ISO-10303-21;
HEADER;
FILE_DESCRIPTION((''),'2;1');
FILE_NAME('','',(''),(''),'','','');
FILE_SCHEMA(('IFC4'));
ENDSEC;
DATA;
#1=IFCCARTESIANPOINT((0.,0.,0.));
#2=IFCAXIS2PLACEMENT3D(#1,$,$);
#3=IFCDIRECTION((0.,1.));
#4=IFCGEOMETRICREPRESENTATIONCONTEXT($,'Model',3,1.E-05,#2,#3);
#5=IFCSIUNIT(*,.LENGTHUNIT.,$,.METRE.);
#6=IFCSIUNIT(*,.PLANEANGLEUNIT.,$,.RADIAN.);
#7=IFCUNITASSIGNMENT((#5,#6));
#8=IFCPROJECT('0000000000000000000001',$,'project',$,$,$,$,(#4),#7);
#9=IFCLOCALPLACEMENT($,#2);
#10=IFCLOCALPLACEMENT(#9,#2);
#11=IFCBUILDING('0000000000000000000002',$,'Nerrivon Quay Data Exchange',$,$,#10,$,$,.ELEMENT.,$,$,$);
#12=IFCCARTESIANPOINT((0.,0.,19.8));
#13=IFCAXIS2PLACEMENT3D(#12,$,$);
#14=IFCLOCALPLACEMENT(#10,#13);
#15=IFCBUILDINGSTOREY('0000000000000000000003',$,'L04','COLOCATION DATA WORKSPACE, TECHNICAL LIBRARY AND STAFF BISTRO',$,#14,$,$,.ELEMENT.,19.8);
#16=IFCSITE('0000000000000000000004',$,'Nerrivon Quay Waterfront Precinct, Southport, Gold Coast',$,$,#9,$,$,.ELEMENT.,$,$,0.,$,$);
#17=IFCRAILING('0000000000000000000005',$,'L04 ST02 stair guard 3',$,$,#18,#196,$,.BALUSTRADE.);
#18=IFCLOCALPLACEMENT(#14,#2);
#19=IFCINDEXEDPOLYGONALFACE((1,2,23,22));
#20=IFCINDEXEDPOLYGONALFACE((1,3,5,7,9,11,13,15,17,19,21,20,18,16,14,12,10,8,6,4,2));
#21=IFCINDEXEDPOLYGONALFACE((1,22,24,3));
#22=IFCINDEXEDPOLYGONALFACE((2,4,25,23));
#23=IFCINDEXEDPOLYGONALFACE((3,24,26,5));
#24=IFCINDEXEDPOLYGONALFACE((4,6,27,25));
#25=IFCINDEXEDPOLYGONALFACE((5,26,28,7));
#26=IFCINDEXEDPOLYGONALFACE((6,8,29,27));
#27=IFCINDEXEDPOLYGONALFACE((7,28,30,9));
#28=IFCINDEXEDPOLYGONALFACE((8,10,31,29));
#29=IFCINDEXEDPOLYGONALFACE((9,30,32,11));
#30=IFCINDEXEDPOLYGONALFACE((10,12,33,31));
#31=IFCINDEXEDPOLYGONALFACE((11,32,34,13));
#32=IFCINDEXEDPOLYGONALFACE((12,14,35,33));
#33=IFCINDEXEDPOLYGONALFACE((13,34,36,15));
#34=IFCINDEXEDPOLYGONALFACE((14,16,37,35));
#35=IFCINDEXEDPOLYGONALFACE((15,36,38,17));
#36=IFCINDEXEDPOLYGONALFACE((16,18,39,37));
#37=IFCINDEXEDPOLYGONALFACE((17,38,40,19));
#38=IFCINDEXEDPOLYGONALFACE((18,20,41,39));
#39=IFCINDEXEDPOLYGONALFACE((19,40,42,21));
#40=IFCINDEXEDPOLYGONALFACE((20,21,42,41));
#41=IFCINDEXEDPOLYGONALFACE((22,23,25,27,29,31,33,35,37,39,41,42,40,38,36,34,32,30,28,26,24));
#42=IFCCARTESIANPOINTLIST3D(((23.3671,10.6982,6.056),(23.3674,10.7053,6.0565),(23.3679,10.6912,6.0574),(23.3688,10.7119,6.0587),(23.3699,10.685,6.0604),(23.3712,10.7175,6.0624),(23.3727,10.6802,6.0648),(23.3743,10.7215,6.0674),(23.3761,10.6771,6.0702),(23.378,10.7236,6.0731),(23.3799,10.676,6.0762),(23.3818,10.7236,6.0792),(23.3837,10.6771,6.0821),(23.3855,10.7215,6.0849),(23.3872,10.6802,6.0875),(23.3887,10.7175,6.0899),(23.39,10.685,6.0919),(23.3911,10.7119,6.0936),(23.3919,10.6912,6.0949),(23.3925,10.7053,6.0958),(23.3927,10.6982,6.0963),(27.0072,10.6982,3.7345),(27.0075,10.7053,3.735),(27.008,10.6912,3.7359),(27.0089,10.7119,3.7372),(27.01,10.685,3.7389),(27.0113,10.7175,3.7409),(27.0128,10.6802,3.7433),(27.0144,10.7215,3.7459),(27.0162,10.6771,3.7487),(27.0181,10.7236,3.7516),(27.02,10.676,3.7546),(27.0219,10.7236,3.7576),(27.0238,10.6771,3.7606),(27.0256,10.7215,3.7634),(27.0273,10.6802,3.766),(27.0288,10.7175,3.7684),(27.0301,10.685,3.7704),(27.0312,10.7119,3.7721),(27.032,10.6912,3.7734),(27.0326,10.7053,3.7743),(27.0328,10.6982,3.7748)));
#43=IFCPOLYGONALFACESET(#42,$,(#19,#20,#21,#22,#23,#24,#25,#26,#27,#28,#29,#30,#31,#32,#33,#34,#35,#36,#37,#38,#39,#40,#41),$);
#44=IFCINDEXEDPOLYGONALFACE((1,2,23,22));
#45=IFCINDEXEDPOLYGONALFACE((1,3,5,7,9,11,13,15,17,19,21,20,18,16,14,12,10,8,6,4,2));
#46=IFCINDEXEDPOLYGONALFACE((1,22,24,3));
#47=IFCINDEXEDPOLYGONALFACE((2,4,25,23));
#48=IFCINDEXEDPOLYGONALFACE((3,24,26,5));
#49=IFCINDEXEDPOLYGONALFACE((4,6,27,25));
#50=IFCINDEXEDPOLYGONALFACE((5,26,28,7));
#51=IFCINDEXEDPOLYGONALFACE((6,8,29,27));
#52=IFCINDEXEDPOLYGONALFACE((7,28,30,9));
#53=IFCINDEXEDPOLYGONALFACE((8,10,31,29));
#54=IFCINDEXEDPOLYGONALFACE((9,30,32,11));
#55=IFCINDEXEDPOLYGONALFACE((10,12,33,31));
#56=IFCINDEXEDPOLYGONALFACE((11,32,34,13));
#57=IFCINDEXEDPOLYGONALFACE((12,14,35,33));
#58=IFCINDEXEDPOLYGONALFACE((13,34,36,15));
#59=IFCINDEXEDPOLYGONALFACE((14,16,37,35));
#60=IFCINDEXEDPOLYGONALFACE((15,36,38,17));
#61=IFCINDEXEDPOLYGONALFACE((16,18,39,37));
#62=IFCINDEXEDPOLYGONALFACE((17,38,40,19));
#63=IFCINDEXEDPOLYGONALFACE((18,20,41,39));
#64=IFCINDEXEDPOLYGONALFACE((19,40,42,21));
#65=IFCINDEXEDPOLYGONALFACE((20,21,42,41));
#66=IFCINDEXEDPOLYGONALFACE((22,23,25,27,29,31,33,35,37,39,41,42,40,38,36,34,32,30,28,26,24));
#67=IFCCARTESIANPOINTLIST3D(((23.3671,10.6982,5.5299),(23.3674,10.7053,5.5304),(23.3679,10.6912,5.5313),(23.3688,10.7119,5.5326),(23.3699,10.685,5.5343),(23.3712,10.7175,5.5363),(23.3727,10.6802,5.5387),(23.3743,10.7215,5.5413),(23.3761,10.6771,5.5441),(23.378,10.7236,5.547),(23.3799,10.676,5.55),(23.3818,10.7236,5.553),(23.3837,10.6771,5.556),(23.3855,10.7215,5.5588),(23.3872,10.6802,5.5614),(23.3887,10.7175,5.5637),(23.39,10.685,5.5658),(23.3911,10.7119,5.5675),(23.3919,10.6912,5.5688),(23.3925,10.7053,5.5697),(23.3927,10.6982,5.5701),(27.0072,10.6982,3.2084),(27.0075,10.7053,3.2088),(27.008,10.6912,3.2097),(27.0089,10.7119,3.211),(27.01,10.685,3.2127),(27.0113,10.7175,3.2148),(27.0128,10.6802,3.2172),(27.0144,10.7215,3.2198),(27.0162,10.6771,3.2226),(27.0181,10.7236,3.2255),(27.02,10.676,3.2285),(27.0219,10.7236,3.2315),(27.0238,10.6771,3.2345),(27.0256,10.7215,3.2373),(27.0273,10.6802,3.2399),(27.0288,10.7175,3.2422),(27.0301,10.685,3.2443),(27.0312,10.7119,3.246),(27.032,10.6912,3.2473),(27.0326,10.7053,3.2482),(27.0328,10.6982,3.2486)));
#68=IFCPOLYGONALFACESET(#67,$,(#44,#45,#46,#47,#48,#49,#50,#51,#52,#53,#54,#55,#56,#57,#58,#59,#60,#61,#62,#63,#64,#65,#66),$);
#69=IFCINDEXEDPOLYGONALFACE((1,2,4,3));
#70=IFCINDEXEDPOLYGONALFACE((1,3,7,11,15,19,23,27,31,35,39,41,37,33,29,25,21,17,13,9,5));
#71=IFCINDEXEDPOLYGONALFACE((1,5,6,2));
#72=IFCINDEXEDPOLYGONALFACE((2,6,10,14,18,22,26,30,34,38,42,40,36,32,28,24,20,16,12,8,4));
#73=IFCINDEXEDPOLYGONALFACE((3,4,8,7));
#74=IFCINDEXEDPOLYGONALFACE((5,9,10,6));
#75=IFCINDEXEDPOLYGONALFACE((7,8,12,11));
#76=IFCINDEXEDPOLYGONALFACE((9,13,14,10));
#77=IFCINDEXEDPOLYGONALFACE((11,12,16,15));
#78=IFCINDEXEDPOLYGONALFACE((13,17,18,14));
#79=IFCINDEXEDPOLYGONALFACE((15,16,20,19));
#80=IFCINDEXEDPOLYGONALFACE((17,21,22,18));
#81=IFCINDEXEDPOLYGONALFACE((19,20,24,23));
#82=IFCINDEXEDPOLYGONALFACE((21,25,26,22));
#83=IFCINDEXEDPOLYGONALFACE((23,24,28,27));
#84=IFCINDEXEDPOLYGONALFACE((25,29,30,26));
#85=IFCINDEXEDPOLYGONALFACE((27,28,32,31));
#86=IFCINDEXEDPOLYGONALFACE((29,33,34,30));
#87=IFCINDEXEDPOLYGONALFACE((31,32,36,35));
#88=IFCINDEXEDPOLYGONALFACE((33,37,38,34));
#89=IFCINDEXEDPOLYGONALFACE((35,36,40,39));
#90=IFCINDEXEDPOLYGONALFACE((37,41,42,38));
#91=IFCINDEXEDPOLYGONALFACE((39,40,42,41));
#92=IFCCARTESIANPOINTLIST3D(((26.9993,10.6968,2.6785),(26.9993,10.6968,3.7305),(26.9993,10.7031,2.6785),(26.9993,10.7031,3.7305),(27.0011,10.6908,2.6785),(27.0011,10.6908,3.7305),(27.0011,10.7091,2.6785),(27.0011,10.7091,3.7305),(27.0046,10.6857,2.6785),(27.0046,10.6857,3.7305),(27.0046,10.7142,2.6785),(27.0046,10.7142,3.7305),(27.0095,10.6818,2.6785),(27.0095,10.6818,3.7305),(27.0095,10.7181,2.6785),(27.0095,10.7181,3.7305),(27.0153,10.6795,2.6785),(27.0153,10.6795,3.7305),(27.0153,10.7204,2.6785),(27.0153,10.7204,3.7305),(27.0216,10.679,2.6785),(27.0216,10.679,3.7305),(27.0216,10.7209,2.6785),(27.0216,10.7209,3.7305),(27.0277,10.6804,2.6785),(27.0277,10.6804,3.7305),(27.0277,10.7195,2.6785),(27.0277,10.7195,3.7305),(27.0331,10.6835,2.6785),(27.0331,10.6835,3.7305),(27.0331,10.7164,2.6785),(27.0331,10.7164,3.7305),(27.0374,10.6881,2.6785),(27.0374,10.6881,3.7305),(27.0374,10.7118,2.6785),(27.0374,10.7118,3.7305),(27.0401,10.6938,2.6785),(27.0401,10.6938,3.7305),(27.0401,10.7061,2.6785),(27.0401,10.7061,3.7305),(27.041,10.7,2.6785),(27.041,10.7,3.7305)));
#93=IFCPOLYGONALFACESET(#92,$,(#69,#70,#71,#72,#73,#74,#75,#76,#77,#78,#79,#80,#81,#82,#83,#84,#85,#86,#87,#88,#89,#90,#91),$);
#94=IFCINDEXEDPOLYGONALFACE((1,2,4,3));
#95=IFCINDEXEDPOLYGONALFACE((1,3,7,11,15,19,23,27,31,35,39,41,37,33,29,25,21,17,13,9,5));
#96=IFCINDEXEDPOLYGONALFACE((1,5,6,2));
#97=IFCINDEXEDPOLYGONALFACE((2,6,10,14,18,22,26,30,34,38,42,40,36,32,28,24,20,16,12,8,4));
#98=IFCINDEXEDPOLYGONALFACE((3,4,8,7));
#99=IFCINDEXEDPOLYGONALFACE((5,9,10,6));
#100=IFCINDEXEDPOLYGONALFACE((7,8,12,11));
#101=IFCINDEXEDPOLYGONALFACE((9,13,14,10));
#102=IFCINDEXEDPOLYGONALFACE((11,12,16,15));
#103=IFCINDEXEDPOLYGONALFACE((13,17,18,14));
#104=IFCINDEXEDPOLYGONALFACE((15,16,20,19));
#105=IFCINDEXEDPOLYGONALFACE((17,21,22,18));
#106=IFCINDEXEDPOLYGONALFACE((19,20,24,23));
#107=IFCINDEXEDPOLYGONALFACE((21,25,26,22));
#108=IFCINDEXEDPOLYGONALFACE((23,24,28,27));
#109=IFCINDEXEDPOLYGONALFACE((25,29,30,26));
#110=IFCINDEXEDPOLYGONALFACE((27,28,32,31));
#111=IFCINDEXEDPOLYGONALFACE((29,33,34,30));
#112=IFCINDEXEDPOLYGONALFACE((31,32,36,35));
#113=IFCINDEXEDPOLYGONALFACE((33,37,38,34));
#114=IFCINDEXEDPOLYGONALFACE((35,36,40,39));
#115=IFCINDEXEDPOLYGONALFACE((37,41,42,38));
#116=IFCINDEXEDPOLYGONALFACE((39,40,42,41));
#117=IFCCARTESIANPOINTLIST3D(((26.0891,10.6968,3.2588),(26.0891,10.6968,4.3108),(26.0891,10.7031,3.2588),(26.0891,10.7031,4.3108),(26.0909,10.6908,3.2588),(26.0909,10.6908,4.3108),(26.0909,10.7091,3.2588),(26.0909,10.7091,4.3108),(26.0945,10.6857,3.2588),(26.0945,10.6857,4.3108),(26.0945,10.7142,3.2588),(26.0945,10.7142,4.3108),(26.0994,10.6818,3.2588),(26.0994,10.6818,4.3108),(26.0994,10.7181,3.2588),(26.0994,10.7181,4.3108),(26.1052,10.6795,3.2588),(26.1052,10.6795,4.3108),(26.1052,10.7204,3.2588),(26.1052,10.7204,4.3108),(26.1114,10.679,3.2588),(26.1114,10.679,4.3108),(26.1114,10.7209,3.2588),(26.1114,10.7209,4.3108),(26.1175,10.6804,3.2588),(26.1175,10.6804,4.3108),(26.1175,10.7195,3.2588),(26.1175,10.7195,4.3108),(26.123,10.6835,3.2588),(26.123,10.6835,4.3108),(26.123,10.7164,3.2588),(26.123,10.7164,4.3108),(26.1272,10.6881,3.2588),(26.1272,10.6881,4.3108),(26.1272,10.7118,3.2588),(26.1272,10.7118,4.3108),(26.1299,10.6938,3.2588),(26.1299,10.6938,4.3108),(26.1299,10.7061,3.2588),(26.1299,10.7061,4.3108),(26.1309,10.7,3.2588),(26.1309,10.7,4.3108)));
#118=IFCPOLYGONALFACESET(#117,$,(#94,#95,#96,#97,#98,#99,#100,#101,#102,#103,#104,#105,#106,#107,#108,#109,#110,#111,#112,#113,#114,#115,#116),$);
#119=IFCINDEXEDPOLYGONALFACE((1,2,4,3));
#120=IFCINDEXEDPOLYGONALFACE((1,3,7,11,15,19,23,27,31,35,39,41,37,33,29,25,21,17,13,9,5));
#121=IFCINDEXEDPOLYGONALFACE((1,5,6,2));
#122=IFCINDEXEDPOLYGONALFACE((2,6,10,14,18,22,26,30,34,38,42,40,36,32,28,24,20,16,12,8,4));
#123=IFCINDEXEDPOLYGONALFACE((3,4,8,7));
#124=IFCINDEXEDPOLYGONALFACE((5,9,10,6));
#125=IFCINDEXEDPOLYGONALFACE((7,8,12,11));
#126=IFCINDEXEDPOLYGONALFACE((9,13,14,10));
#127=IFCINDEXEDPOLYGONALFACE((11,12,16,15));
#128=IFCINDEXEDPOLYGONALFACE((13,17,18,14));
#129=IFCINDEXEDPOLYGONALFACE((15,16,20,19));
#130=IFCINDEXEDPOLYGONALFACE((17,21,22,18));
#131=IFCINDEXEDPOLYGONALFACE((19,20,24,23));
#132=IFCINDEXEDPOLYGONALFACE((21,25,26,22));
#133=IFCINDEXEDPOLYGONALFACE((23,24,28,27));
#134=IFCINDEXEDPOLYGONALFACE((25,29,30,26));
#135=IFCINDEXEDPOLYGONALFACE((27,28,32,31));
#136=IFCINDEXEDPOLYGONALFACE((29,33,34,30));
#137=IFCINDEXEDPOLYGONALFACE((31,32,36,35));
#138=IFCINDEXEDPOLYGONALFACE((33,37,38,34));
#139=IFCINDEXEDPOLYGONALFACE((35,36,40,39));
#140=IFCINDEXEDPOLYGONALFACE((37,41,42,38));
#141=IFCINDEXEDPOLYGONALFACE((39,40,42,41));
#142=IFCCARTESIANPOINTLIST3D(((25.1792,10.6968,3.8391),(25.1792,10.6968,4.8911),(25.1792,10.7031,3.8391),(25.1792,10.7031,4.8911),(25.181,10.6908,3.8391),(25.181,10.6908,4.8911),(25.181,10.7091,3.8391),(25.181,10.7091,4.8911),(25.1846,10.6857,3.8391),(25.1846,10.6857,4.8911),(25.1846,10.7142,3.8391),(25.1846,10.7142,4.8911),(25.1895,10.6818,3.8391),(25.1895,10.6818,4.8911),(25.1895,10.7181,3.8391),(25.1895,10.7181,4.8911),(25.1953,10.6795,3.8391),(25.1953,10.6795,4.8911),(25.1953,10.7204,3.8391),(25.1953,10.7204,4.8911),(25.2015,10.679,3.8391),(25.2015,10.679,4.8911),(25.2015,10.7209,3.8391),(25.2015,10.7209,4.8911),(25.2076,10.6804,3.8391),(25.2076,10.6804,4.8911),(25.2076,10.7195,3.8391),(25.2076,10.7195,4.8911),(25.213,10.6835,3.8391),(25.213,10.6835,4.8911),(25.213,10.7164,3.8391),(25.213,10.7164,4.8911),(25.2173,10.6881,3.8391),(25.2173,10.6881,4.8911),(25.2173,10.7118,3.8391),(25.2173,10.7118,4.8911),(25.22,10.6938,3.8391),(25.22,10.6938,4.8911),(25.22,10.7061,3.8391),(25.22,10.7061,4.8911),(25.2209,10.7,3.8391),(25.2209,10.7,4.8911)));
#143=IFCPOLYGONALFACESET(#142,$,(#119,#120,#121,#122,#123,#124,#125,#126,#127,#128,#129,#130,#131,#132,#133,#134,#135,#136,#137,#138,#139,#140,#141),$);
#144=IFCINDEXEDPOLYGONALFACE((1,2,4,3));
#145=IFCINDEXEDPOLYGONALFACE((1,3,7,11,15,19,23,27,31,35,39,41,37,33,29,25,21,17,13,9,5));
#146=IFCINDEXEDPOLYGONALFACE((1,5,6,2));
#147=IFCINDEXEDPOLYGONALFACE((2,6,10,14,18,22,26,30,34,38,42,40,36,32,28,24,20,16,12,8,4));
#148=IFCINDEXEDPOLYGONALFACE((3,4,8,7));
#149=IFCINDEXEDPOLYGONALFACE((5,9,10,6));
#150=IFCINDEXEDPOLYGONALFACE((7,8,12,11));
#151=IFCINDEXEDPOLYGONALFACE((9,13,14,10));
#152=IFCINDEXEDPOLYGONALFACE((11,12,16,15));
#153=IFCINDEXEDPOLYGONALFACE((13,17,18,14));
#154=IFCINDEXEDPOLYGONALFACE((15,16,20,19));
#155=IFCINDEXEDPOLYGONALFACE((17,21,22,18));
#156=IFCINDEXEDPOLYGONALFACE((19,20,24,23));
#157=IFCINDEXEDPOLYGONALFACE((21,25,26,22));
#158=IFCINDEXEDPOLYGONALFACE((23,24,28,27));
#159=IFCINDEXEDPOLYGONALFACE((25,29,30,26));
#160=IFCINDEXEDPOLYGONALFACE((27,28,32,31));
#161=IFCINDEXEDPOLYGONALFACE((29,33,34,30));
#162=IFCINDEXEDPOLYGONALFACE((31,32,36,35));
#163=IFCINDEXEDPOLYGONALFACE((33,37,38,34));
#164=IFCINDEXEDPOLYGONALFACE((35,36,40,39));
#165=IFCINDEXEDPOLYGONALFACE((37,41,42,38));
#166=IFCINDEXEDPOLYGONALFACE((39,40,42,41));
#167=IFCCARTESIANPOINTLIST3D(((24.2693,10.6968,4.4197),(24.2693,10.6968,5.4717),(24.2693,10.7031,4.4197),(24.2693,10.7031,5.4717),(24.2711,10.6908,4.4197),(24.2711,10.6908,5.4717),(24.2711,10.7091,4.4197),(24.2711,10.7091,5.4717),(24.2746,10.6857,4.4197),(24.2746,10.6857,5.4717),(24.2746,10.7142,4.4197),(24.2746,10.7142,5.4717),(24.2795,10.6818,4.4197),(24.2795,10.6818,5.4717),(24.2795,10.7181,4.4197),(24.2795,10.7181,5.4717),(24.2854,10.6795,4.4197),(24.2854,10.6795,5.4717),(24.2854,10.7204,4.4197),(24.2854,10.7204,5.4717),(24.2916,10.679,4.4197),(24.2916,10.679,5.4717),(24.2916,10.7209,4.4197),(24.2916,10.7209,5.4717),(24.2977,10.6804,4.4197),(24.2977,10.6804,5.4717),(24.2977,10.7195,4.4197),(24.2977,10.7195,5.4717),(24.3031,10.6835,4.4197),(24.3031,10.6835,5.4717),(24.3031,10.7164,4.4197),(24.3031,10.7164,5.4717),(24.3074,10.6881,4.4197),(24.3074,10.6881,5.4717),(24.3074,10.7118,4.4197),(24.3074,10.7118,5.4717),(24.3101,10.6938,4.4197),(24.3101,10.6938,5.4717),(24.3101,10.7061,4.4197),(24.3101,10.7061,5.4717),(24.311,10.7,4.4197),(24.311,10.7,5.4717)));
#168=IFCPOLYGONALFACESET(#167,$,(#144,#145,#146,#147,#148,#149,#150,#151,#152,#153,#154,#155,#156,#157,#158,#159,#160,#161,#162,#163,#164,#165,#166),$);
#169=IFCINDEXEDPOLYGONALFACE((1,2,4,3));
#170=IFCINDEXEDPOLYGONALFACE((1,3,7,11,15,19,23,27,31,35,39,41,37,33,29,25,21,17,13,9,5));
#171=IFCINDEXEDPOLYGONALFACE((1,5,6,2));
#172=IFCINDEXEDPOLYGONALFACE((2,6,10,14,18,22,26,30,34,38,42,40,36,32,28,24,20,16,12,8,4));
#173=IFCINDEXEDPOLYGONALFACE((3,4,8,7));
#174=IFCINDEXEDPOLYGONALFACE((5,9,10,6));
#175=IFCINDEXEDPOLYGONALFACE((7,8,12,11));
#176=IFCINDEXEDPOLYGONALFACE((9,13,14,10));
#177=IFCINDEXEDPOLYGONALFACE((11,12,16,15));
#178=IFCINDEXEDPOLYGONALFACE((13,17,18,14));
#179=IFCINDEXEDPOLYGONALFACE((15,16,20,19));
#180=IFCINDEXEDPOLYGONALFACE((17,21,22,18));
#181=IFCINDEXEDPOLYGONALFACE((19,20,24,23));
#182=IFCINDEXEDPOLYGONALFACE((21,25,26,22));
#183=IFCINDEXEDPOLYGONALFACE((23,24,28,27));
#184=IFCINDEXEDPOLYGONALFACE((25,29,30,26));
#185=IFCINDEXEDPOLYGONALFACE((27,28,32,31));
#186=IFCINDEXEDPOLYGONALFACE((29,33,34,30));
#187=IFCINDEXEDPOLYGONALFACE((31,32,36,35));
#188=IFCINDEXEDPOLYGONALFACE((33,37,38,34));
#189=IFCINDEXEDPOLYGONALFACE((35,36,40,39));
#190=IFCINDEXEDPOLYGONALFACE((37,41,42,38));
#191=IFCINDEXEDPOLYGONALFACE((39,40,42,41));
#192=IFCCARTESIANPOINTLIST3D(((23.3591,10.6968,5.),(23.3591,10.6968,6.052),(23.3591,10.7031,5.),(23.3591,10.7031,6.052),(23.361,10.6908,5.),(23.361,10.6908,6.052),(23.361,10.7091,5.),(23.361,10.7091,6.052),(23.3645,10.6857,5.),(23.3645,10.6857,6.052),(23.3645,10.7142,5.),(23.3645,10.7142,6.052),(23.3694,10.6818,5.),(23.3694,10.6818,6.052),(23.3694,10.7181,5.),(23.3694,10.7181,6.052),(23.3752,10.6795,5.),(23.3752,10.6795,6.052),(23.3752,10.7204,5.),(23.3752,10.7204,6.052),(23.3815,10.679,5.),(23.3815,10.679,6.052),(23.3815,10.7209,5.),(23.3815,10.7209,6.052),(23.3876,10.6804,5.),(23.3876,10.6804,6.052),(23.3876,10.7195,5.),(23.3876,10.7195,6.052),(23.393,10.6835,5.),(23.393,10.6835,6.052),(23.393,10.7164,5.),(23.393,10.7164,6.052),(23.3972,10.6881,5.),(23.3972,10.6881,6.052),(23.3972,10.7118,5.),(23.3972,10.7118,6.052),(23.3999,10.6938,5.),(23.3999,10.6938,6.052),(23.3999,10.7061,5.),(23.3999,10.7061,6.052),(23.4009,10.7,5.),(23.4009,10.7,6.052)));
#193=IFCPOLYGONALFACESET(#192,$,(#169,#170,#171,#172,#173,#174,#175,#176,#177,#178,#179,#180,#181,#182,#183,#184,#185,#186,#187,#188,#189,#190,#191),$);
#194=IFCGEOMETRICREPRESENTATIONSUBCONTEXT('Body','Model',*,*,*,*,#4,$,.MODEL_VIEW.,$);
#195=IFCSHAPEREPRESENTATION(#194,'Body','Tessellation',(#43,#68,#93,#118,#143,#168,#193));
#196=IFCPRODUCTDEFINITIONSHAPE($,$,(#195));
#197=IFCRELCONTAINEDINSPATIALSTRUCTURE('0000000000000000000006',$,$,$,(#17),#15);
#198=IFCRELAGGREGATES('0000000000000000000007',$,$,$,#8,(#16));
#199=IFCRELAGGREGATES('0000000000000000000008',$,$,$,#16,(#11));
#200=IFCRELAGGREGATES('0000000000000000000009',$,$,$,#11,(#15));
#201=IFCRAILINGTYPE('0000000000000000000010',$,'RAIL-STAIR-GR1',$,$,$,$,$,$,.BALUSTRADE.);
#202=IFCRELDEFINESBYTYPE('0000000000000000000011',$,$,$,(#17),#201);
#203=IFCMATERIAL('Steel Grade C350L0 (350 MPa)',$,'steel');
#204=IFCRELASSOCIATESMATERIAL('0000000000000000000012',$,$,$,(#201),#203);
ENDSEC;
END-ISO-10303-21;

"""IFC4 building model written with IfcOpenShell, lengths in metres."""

from ifc_helpers import new_model, si_unit, direction, frame, origin, origin_2d, place, context, subcontext, project, spatial, circle, extrude, material, type_object, element, save


model = new_model("IFC4")

# Units and contexts
model_context = context("Model", 3, precision=1e-05, world=origin(), true_north=direction((0.0, 1.0)))
body_context = subcontext(model_context, "Body", "Model", "MODEL_VIEW")
ifc_project = project(units=[si_unit("LENGTHUNIT", "METRE"), si_unit("PLANEANGLEUNIT", "RADIAN")], contexts=[model_context])

# Site, building, storey
site_placement = place(None, origin())
site = spatial("IfcSite", under=ifc_project, at=site_placement, Name="Nerrivon Quay Waterfront Precinct, Southport, Gold Coast", CompositionType="ELEMENT", RefElevation=0.0)
building_placement = place(site_placement, origin())
building = spatial("IfcBuilding", under=site, at=building_placement, Name="Nerrivon Quay Data Exchange", CompositionType="ELEMENT")
storey_placement = place(building_placement, frame((0.0, 0.0, 19.8)))
storey = spatial("IfcBuildingStorey", under=building, at=storey_placement, Name="L04", Description="COLOCATION DATA WORKSPACE, TECHNICAL LIBRARY AND STAFF BISTRO", CompositionType="ELEMENT", Elevation=19.8)

# Railing
ifc_material_1 = material(Name="Steel Grade C350L0 (350 MPa)", Category="steel")
railing_type_1 = type_object("IfcRailingType", Name="RAIL-STAIR-GR1", PredefinedType="BALUSTRADE", material=ifc_material_1)
railing_1_placement = place(storey_placement, frame((27.02, 10.7, 2.6785)))
element("IfcRailing", 1, at=railing_1_placement, inside=storey, type_object=railing_type_1, Name="L04 ST02 stair guard 3", PredefinedType="BALUSTRADE", context=body_context, shape_type="SweptSolid", body=[
    extrude(circle(Radius=0.0239, at=origin_2d()), frame((0.0, 0.0, 1.0762), z_axis=(-0.843128, 0.0, 0.537713), x_axis=(0.0, -1.0, 0.0)), (0.0, 0.0, 1.0), 4.3174),
    extrude(circle(Radius=0.0239, at=origin_2d()), frame((0.0, 0.0, 0.55), z_axis=(-0.843128, 0.0, 0.537713), x_axis=(0.0, -1.0, 0.0)), (0.0, 0.0, 1.0), 4.3174),
    extrude(circle(Radius=0.021, at=origin_2d()), origin(), (0.0, 0.0, 1.0), 1.052),
    extrude(circle(Radius=0.021, at=origin_2d()), frame((-0.9102, 0.0, 0.5803)), (0.0, 0.0, 1.0), 1.052),
    extrude(circle(Radius=0.021, at=origin_2d()), frame((-1.8201, 0.0, 1.1606)), (0.0, 0.0, 1.0), 1.052),
    extrude(circle(Radius=0.021, at=origin_2d()), frame((-2.73, 0.0, 1.7412)), (0.0, 0.0, 1.0), 1.052),
    extrude(circle(Radius=0.021, at=origin_2d()), frame((-3.6401, 0.0, 2.3215)), (0.0, 0.0, 1.0), 1.052),
])

save(model, "model.ifc")
